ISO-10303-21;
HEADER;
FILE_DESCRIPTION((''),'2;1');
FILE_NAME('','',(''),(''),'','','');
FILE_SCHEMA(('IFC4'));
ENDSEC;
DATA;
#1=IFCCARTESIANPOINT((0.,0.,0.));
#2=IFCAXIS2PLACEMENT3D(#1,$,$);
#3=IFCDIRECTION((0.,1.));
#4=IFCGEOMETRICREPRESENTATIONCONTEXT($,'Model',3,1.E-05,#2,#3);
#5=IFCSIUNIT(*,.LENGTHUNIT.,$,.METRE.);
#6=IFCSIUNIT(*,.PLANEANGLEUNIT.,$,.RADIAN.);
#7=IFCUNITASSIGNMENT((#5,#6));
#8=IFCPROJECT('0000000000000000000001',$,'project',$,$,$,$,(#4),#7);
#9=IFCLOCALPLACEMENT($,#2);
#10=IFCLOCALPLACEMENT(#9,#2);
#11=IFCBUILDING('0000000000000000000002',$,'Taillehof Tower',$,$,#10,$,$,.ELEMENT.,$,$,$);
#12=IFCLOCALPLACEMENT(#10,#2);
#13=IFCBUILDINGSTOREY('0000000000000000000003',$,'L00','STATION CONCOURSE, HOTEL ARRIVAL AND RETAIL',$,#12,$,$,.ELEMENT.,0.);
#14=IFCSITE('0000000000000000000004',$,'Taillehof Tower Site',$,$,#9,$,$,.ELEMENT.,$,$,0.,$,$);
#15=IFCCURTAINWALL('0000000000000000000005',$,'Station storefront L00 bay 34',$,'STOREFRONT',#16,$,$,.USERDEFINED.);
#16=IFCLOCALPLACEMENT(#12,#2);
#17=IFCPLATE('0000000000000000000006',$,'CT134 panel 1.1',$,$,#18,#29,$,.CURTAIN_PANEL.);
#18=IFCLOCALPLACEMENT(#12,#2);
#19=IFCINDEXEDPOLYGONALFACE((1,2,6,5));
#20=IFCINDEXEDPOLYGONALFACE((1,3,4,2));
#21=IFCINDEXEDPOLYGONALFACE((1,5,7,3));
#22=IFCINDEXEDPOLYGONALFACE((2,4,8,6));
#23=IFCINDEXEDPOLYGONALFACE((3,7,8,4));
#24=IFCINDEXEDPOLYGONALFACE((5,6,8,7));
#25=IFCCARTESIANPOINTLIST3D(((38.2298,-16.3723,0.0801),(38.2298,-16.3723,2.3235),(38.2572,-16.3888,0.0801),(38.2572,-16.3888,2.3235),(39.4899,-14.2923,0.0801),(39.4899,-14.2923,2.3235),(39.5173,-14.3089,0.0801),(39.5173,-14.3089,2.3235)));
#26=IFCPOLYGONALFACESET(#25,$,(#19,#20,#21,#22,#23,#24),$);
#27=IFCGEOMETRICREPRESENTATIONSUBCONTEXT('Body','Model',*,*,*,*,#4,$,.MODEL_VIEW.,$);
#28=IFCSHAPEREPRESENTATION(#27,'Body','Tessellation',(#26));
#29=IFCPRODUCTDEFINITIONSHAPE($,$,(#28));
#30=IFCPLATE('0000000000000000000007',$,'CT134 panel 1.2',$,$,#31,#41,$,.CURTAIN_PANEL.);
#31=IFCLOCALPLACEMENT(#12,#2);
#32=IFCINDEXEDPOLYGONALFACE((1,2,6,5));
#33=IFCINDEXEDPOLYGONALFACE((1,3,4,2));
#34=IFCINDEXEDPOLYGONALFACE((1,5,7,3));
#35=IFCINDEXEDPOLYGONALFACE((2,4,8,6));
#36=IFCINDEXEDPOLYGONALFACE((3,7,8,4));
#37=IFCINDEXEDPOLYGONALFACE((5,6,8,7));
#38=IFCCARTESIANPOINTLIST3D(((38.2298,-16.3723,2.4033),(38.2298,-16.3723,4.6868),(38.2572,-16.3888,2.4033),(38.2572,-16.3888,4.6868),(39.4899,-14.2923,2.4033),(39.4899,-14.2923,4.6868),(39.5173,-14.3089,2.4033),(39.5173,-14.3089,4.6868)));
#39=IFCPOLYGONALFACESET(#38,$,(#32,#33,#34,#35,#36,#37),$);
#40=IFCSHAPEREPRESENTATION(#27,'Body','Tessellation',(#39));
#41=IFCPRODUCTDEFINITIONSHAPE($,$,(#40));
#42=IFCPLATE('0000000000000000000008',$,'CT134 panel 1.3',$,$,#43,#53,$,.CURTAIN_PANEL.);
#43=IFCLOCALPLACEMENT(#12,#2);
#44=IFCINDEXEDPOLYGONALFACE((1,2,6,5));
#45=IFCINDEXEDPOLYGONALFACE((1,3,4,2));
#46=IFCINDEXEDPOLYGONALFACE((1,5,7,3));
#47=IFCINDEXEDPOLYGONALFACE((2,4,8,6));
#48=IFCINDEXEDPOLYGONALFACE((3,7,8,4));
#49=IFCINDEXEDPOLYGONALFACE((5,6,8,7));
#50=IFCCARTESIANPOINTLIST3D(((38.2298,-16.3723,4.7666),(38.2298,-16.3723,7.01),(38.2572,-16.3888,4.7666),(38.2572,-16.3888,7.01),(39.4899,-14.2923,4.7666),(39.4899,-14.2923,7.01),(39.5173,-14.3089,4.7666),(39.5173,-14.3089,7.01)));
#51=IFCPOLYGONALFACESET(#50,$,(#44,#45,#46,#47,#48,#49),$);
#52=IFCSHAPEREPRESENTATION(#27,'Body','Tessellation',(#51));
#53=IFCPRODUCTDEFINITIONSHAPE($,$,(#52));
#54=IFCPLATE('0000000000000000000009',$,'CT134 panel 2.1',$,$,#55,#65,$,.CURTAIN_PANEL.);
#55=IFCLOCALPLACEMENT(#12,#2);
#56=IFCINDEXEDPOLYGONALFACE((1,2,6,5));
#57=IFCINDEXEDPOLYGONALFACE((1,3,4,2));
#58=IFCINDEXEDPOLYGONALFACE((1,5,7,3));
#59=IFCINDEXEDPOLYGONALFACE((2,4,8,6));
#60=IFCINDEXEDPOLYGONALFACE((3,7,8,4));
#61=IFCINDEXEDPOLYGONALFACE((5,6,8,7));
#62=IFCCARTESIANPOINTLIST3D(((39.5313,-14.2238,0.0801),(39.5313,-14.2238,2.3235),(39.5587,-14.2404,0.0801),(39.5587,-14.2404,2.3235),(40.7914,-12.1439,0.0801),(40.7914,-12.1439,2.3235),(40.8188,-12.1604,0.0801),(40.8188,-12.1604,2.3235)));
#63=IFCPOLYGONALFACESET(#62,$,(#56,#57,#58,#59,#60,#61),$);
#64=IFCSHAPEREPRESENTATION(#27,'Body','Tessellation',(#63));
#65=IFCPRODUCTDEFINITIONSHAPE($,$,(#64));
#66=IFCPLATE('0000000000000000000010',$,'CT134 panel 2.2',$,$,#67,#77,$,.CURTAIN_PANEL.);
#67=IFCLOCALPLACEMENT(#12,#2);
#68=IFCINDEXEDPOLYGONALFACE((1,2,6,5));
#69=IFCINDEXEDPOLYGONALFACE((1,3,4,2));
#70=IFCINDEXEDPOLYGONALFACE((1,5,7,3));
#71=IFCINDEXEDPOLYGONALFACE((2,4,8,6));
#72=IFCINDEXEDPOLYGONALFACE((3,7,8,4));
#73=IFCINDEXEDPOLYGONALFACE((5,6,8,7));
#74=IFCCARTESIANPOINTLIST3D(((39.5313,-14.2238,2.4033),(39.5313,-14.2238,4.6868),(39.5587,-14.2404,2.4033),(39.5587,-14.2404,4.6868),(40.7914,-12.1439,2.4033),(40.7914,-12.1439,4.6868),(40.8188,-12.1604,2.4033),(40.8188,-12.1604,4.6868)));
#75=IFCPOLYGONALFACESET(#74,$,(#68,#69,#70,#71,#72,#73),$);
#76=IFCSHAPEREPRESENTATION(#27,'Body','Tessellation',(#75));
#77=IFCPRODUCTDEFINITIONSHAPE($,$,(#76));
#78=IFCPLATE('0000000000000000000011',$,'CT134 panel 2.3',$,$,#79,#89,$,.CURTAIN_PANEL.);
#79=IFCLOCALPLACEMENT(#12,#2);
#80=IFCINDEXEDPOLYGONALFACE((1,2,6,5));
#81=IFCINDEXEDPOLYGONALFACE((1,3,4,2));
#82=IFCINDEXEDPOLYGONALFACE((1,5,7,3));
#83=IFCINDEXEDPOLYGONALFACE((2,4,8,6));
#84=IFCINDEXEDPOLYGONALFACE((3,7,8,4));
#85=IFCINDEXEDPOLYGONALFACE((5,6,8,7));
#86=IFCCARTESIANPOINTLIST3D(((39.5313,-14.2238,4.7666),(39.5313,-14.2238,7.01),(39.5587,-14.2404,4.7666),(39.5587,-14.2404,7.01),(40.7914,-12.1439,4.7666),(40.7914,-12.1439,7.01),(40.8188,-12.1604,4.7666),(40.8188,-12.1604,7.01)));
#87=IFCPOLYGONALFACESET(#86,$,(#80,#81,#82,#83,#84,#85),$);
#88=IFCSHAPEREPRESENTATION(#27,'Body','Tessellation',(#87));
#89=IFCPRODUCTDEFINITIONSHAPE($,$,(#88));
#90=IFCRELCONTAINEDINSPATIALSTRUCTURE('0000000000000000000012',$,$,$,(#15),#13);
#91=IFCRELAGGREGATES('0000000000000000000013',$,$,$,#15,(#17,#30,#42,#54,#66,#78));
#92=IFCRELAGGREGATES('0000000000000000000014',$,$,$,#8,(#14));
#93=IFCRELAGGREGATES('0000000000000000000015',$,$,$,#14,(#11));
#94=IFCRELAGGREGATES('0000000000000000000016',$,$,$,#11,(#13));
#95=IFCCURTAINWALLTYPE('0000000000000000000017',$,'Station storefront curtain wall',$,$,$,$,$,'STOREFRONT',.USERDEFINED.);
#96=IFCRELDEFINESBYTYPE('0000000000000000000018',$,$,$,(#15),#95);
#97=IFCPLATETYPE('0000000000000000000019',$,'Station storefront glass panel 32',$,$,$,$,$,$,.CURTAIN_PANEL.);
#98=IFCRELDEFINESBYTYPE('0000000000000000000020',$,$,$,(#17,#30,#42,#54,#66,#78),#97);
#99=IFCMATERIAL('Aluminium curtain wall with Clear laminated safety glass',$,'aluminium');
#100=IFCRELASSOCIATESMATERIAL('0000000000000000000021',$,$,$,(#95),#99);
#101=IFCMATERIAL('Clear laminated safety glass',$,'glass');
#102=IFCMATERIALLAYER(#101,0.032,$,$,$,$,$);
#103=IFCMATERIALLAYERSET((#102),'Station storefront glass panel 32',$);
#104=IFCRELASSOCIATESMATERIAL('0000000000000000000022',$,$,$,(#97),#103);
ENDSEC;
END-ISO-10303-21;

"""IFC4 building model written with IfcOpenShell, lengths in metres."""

from ifc_helpers import new_model, si_unit, direction, frame, origin, origin_2d, place, context, subcontext, project, spatial, rectangle, extrude, material, layer, layer_set, type_object, element, aggregate, save


model = new_model("IFC4")

# Units and contexts
model_context = context("Model", 3, precision=1e-05, world=origin(), true_north=direction((0.0, 1.0)))
body_context = subcontext(model_context, "Body", "Model", "MODEL_VIEW")
ifc_project = project(units=[si_unit("LENGTHUNIT", "METRE"), si_unit("PLANEANGLEUNIT", "RADIAN")], contexts=[model_context])

# Site, building, storey
site_placement = place(None, origin())
site = spatial("IfcSite", under=ifc_project, at=site_placement, Name="Taillehof Tower Site", CompositionType="ELEMENT", RefElevation=0.0)
building_placement = place(site_placement, origin())
building = spatial("IfcBuilding", under=site, at=building_placement, Name="Taillehof Tower", CompositionType="ELEMENT")
storey_placement = place(building_placement, origin())
storey = spatial("IfcBuildingStorey", under=building, at=storey_placement, Name="L00", Description="STATION CONCOURSE, HOTEL ARRIVAL AND RETAIL", CompositionType="ELEMENT", Elevation=0.0)

# Curtain wall, plates
ifc_material_1 = material(Name="Aluminium curtain wall with Clear laminated safety glass", Category="aluminium")
curtain_wall_type = type_object("IfcCurtainWallType", Name="Station storefront curtain wall", ElementType="STOREFRONT", PredefinedType="USERDEFINED", material=ifc_material_1)
curtain_wall_placement = place(storey_placement, origin())
curtain_wall = element("IfcCurtainWall", 1, at=curtain_wall_placement, inside=storey, type_object=curtain_wall_type, Name="Station storefront L00 bay 34", ObjectType="STOREFRONT", PredefinedType="USERDEFINED")
ifc_material_2 = material(Name="Clear laminated safety glass", Category="glass")
ifc_layer = layer(ifc_material_2, 0.032)
ifc_layer_set = layer_set([ifc_layer], Name="Station storefront glass panel 32")
plate_type = type_object("IfcPlateType", Name="Station storefront glass panel 32", PredefinedType="CURTAIN_PANEL", material=ifc_layer_set)
plate_1_placement = place(storey_placement, frame((38.8735, -15.3406, 0.0801), z_axis=(0.0, 0.0, 1.0), x_axis=(0.518151, 0.855289, 0.0)))
plate_1 = element("IfcPlate", 2, at=plate_1_placement, type_object=plate_type, Name="CT134 panel 1.1", PredefinedType="CURTAIN_PANEL", context=body_context, shape_type="SweptSolid", body=[
    extrude(rectangle(XDim=2.4319, YDim=0.032, at=origin_2d()), origin(), (0.0, 0.0, 1.0), 2.2434),
])
plate_2_placement = place(storey_placement, frame((38.8735, -15.3406, 2.4033), z_axis=(0.0, 0.0, 1.0), x_axis=(0.518151, 0.855289, 0.0)))
plate_2 = element("IfcPlate", 3, at=plate_2_placement, type_object=plate_type, Name="CT134 panel 1.2", PredefinedType="CURTAIN_PANEL", context=body_context, shape_type="SweptSolid", body=[
    extrude(rectangle(XDim=2.4319, YDim=0.032, at=origin_2d()), origin(), (0.0, 0.0, 1.0), 2.2834),
])
plate_3_placement = place(storey_placement, frame((38.8735, -15.3406, 4.7666), z_axis=(0.0, 0.0, 1.0), x_axis=(0.518151, 0.855289, 0.0)))
plate_3 = element("IfcPlate", 4, at=plate_3_placement, type_object=plate_type, Name="CT134 panel 1.3", PredefinedType="CURTAIN_PANEL", context=body_context, shape_type="SweptSolid", body=[
    extrude(rectangle(XDim=2.4319, YDim=0.032, at=origin_2d()), origin(), (0.0, 0.0, 1.0), 2.2434),
])
plate_4_placement = place(storey_placement, frame((40.175, -13.1921, 0.0801), z_axis=(0.0, 0.0, 1.0), x_axis=(0.518151, 0.855289, 0.0)))
plate_4 = element("IfcPlate", 5, at=plate_4_placement, type_object=plate_type, Name="CT134 panel 2.1", PredefinedType="CURTAIN_PANEL", context=body_context, shape_type="SweptSolid", body=[
    extrude(rectangle(XDim=2.4319, YDim=0.032, at=origin_2d()), origin(), (0.0, 0.0, 1.0), 2.2434),
])
plate_5_placement = place(storey_placement, frame((40.175, -13.1921, 2.4033), z_axis=(0.0, 0.0, 1.0), x_axis=(0.518151, 0.855289, 0.0)))
plate_5 = element("IfcPlate", 6, at=plate_5_placement, type_object=plate_type, Name="CT134 panel 2.2", PredefinedType="CURTAIN_PANEL", context=body_context, shape_type="SweptSolid", body=[
    extrude(rectangle(XDim=2.4319, YDim=0.032, at=origin_2d()), origin(), (0.0, 0.0, 1.0), 2.2834),
])
plate_6_placement = place(storey_placement, frame((40.175, -13.1921, 4.7666), z_axis=(0.0, 0.0, 1.0), x_axis=(0.518151, 0.855289, 0.0)))
plate_6 = element("IfcPlate", 7, at=plate_6_placement, type_object=plate_type, Name="CT134 panel 2.3", PredefinedType="CURTAIN_PANEL", context=body_context, shape_type="SweptSolid", body=[
    extrude(rectangle(XDim=2.4319, YDim=0.032, at=origin_2d()), origin(), (0.0, 0.0, 1.0), 2.2434),
])
aggregate(curtain_wall, [plate_1, plate_2, plate_3, plate_4, plate_5, plate_6])

save(model, "model.ifc")
